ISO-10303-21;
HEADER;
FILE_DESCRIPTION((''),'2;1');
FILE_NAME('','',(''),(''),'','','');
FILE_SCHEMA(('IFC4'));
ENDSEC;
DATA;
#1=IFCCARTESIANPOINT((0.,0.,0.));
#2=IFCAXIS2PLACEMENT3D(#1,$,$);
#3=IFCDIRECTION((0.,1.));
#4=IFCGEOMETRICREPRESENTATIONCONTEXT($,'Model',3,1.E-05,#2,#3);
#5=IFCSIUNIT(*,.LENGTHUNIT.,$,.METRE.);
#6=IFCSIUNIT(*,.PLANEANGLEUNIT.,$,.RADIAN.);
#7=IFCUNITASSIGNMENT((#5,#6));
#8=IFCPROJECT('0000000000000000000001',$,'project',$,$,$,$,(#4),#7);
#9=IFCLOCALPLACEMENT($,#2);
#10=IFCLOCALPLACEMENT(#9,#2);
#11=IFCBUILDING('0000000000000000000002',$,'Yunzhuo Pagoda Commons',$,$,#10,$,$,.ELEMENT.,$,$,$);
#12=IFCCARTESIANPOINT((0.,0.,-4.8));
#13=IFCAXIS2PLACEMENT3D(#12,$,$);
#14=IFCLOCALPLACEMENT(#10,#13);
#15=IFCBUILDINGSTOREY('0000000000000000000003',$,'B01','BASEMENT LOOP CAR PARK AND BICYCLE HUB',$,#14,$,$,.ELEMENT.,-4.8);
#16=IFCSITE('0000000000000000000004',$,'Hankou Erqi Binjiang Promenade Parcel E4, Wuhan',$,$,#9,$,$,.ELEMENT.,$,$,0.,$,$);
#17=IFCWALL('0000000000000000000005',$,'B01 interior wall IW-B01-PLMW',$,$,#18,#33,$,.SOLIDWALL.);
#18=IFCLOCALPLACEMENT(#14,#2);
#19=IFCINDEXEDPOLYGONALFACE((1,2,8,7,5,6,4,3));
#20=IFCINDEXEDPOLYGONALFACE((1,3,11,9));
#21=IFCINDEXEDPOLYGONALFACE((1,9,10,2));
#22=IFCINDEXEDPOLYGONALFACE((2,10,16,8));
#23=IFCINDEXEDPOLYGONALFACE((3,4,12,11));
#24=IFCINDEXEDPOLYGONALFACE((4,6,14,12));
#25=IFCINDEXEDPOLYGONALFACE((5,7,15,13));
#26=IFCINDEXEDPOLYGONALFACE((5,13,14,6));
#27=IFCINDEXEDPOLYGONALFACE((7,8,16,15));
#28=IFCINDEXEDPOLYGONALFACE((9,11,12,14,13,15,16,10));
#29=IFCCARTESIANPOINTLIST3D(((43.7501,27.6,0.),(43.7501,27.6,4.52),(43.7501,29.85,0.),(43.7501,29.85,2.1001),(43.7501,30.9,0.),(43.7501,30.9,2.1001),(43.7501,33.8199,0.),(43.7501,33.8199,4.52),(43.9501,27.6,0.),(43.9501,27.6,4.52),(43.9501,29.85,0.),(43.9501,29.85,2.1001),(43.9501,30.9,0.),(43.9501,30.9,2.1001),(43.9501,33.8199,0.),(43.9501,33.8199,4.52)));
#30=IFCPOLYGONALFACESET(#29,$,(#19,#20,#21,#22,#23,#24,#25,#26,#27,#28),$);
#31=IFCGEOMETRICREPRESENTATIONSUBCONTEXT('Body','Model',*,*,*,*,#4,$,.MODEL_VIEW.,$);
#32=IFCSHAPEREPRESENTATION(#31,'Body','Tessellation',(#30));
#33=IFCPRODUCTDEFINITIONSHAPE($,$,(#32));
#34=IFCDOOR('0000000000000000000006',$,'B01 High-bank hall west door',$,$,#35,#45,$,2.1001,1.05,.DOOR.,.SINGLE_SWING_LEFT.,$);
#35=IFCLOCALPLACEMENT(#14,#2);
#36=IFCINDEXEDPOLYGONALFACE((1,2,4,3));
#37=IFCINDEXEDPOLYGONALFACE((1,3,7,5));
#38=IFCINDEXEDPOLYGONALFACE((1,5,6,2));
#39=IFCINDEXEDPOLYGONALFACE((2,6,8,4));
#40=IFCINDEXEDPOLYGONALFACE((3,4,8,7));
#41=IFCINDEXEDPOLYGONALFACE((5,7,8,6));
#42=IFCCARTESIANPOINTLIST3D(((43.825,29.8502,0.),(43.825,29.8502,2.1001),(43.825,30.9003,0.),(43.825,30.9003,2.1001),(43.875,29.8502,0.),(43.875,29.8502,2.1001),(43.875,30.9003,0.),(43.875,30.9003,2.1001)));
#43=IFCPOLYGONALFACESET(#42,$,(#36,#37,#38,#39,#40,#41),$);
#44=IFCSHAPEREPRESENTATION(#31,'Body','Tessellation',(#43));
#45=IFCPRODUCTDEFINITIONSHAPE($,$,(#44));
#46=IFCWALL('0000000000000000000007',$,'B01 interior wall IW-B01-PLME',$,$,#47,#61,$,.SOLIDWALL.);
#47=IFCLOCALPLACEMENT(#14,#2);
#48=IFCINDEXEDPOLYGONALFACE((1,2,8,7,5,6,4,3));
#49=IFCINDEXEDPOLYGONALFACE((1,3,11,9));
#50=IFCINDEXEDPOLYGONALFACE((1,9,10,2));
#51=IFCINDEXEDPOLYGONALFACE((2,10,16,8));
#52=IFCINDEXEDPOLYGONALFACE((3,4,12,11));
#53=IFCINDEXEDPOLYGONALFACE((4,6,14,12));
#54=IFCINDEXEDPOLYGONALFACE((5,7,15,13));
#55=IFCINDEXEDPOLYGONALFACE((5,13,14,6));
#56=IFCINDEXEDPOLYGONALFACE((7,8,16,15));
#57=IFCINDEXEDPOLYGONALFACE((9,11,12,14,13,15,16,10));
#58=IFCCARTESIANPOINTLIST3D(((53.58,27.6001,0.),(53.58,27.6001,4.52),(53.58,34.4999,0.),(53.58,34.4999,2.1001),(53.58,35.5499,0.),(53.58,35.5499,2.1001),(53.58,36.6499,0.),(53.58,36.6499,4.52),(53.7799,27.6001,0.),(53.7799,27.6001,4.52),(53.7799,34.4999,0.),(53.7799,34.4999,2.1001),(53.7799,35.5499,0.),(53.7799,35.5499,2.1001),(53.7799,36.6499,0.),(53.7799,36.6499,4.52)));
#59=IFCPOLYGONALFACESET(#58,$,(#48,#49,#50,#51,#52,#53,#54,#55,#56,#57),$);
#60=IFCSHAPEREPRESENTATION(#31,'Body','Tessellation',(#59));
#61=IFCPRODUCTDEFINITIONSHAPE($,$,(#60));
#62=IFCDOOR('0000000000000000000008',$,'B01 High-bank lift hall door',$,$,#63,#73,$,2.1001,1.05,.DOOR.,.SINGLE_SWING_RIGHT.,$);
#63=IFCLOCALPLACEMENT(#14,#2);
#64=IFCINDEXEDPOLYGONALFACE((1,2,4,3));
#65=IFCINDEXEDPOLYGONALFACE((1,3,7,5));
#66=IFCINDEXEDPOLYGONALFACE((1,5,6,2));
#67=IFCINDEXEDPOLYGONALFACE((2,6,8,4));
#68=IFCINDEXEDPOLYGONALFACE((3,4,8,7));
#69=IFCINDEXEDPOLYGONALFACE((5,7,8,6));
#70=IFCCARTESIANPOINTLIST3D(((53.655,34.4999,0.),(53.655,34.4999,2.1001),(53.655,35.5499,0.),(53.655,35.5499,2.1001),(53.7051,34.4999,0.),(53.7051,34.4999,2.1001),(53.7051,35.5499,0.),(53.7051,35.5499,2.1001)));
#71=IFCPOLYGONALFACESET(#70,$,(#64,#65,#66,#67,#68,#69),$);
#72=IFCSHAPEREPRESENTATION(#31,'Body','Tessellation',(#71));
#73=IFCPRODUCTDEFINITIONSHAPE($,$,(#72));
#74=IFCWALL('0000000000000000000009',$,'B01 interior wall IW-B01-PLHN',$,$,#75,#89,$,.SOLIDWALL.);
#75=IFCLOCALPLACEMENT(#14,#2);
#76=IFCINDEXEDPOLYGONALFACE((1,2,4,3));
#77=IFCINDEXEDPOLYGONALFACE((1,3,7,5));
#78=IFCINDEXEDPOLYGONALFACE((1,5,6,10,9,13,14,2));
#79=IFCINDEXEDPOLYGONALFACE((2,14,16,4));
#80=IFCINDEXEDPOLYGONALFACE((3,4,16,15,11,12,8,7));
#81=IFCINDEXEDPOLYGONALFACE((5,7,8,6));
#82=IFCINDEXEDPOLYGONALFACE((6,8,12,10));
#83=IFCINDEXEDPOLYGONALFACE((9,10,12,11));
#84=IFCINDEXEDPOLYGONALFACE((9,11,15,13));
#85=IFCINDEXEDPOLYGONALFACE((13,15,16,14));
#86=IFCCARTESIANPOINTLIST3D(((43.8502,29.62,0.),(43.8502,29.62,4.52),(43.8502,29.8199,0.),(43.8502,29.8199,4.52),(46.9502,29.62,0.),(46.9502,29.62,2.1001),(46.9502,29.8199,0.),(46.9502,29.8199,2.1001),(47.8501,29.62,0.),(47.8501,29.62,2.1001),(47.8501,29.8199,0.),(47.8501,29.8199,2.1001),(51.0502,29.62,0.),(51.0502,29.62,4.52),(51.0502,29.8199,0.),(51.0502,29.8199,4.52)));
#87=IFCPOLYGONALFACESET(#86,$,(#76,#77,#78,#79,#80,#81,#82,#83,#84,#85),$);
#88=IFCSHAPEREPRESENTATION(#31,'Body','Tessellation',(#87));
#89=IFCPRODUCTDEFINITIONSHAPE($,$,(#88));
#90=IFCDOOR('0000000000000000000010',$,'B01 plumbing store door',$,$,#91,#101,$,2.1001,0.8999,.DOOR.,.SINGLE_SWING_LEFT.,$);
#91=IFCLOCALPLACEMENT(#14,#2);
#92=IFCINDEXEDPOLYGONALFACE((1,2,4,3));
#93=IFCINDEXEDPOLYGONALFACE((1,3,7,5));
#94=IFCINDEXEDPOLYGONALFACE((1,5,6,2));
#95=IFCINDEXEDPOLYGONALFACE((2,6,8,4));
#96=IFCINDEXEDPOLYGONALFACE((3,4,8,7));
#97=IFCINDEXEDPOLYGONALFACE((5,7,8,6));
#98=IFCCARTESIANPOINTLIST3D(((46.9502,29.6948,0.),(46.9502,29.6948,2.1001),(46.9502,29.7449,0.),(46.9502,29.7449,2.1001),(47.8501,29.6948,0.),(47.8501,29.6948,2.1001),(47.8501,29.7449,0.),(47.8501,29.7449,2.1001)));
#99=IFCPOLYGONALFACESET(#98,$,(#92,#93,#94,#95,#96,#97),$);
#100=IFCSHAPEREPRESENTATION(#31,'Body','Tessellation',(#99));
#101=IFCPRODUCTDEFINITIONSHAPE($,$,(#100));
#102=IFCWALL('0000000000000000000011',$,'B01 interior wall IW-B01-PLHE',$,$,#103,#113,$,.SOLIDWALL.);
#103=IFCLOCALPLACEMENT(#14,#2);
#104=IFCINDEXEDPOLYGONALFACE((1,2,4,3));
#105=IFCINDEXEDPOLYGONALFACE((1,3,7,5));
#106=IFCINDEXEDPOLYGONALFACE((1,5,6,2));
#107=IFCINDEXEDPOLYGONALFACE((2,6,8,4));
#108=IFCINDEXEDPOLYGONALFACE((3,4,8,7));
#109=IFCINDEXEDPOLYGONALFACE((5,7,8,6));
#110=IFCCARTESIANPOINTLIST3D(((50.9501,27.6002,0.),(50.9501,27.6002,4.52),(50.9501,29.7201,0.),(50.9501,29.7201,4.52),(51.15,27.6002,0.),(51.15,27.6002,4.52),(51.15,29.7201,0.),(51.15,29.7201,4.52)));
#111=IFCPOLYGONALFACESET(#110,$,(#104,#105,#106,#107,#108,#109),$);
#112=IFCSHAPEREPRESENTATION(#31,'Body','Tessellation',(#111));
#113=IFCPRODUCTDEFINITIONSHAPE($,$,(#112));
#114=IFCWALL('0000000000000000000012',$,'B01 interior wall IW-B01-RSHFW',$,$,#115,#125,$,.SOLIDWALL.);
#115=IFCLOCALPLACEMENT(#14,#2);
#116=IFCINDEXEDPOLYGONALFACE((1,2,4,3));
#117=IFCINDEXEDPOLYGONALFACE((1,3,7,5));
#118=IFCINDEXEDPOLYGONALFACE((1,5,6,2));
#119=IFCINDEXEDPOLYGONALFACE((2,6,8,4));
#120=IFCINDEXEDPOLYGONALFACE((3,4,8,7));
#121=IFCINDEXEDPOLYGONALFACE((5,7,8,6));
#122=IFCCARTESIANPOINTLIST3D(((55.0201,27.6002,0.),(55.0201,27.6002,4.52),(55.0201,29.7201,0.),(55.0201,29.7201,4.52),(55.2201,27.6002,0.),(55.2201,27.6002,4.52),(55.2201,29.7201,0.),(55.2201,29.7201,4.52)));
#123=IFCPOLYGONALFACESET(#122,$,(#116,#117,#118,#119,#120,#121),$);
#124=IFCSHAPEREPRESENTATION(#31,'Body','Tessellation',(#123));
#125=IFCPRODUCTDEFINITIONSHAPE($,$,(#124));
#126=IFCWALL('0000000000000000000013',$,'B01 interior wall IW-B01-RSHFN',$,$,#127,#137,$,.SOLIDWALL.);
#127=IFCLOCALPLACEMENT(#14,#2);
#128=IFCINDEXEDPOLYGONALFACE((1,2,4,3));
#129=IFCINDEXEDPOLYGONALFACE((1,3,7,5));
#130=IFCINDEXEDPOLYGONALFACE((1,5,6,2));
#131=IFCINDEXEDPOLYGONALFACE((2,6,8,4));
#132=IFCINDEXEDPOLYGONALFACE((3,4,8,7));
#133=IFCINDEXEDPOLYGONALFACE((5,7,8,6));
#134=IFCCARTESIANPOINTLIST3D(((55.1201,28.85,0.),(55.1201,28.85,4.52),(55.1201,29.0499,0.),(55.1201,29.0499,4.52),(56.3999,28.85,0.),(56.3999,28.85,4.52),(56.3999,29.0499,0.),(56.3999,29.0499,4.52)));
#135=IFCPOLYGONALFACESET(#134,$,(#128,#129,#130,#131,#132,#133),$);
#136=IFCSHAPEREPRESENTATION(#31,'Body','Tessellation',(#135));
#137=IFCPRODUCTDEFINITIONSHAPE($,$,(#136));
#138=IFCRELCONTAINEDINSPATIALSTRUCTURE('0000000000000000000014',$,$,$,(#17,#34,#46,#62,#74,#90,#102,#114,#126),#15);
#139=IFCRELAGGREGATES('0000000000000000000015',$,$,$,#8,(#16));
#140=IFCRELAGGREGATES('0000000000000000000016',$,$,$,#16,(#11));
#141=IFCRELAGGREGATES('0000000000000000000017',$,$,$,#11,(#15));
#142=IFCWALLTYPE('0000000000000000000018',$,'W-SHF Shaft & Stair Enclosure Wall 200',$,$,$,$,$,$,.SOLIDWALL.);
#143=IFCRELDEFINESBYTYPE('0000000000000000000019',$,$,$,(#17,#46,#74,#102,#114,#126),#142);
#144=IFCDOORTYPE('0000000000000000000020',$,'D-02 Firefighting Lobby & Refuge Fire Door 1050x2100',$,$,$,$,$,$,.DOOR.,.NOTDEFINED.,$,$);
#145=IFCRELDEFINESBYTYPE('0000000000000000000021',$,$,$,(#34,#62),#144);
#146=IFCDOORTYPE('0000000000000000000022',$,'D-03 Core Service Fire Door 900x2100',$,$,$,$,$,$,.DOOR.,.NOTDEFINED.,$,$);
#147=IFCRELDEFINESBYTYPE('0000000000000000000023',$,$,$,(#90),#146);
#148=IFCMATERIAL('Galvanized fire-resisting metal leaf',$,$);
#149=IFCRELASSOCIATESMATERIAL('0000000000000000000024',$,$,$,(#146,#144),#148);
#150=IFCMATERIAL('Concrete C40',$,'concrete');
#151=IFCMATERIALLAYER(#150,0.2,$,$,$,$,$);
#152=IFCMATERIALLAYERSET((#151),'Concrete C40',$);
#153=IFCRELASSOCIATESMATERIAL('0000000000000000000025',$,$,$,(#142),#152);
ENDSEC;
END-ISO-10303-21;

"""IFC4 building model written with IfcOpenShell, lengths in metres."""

from ifc_helpers import new_model, si_unit, direction, frame, frame_2d, origin, origin_with_axes, place, context, subcontext, project, spatial, rectangle, extrude, source, transform, mapped, material, layer, layer_set, type_object, element, fill, save


model = new_model("IFC4")

# Units and contexts
model_context = context("Model", 3, precision=1e-05, world=origin(), true_north=direction((0.0, 1.0)))
body_context = subcontext(model_context, "Body", "Model", "MODEL_VIEW")
ifc_project = project(units=[si_unit("LENGTHUNIT", "METRE"), si_unit("PLANEANGLEUNIT", "RADIAN")], contexts=[model_context])

# Site, building, storey
site_placement = place(None, origin())
site = spatial("IfcSite", under=ifc_project, at=site_placement, Name="Hankou Erqi Binjiang Promenade Parcel E4, Wuhan", CompositionType="ELEMENT", RefElevation=0.0)
building_placement = place(site_placement, origin())
building = spatial("IfcBuilding", under=site, at=building_placement, Name="Yunzhuo Pagoda Commons", CompositionType="ELEMENT")
storey_placement = place(building_placement, frame((0.0, 0.0, -4.8)))
storey = spatial("IfcBuildingStorey", under=building, at=storey_placement, Name="B01", Description="BASEMENT LOOP CAR PARK AND BICYCLE HUB", CompositionType="ELEMENT", Elevation=-4.8)

# Shared definitions
ifc_material_1 = material(Name="Galvanized fire-resisting metal leaf")
door_type_1 = type_object("IfcDoorType", Name="D-03 Core Service Fire Door 900x2100", OperationType="NOTDEFINED", PredefinedType="DOOR", material=ifc_material_1)
shared_shape_1 = source(origin(), body_context, "Body", "SweptSolid", [
    extrude(rectangle(XDim=0.8999, YDim=2.1001, at=frame_2d((0.45, 1.05))), frame((0.0, 0.0249, 0.0), z_axis=(0.0, -1.0, 0.0), x_axis=(1.0, 0.0, 0.0)), (0.0, 0.0, 1.0), 0.05),
])

# Walls, openings, doors
ifc_material_2 = material(Name="Concrete C40", Category="concrete")
ifc_layer_1 = layer(ifc_material_2, 0.2)
ifc_layer_set_1 = layer_set([ifc_layer_1], Name="Concrete C40")
wall_type_1 = type_object("IfcWallType", Name="W-SHF Shaft & Stair Enclosure Wall 200", PredefinedType="SOLIDWALL", material=ifc_layer_set_1)
wall_1_placement = place(storey_placement, frame((43.8501, 27.6001, 0.0), z_axis=(0.0, 0.0, 1.0), x_axis=(0.0, 1.0, 0.0)))
wall_1 = element("IfcWall", 1, at=wall_1_placement, inside=storey, type_object=wall_type_1, Name="B01 interior wall IW-B01-PLMW", PredefinedType="SOLIDWALL", context=body_context, shape_type="SweptSolid", body=[
    extrude(rectangle(XDim=6.22, YDim=0.2, at=frame_2d((3.1099, 0.0))), origin(), (0.0, 0.0, 1.0), 4.52),
])
opening_1_placement = place(wall_1_placement, frame((2.25, 0.0, 0.0)))
opening_1 = element("IfcOpeningElement", 2, at=opening_1_placement, cuts=wall_1, PredefinedType="OPENING", context=body_context, shape_type="SweptSolid", body=[
    extrude(rectangle(XDim=1.05, YDim=2.1001, at=frame_2d((0.5249, 1.05))), frame((0.0, 0.1099, 0.0), z_axis=(0.0, -1.0, 0.0), x_axis=(1.0, 0.0, 0.0)), (0.0, 0.0, 1.0), 0.22),
])
door_type_2 = type_object("IfcDoorType", Name="D-02 Firefighting Lobby & Refuge Fire Door 1050x2100", OperationType="NOTDEFINED", PredefinedType="DOOR", material=ifc_material_1)
shared_shape_2 = source(origin(), body_context, "Body", "SweptSolid", [
    extrude(rectangle(XDim=1.05, YDim=2.1001, at=frame_2d((0.5249, 1.05))), frame((0.0, 0.0249, 0.0), z_axis=(0.0, -1.0, 0.0), x_axis=(1.0, 0.0, 0.0)), (0.0, 0.0, 1.0), 0.05),
])
door_1_placement = place(opening_1_placement, frame((1.05, 0.0, 0.0), z_axis=(0.0, 0.0, 1.0), x_axis=(-1.0, 0.0, 0.0)))
door_1 = element("IfcDoor", 3, at=door_1_placement, inside=storey, type_object=door_type_2, Name="B01 High-bank hall west door", OperationType="SINGLE_SWING_LEFT", OverallHeight=2.1001, OverallWidth=1.05, PredefinedType="DOOR", context=body_context, shape_type="MappedRepresentation", body=[
    mapped(shared_shape_2, transform((0.0, 0.0, 0.0), scale=1.0)),
])
fill(opening_1, door_1)
wall_2_placement = place(storey_placement, frame((53.6799, 27.6001, 0.0), z_axis=(0.0, 0.0, 1.0), x_axis=(0.0, 1.0, 0.0)))
wall_2 = element("IfcWall", 4, at=wall_2_placement, inside=storey, type_object=wall_type_1, Name="B01 interior wall IW-B01-PLME", PredefinedType="SOLIDWALL", context=body_context, shape_type="SweptSolid", body=[
    extrude(rectangle(XDim=9.0498, YDim=0.2, at=frame_2d((4.5249, 0.0))), origin(), (0.0, 0.0, 1.0), 4.52),
])
opening_2_placement = place(wall_2_placement, frame((6.8999, 0.0, 0.0)))
opening_2 = element("IfcOpeningElement", 5, at=opening_2_placement, cuts=wall_2, PredefinedType="OPENING", context=body_context, shape_type="SweptSolid", body=[
    extrude(rectangle(XDim=1.05, YDim=2.1001, at=frame_2d((0.5249, 1.05))), frame((0.0, 0.1099, 0.0), z_axis=(0.0, -1.0, 0.0), x_axis=(1.0, 0.0, 0.0)), (0.0, 0.0, 1.0), 0.22),
])
door_2_placement = place(opening_2_placement, origin_with_axes())
door_2 = element("IfcDoor", 6, at=door_2_placement, inside=storey, type_object=door_type_2, Name="B01 High-bank lift hall door", OperationType="SINGLE_SWING_RIGHT", OverallHeight=2.1001, OverallWidth=1.05, PredefinedType="DOOR", context=body_context, shape_type="MappedRepresentation", body=[
    mapped(shared_shape_2, transform((0.0, 0.0, 0.0), scale=1.0)),
])
fill(opening_2, door_2)
wall_3_placement = place(storey_placement, frame((43.8501, 29.72, 0.0), z_axis=(0.0, 0.0, 1.0), x_axis=(1.0, 0.0, 0.0)))
wall_3 = element("IfcWall", 7, at=wall_3_placement, inside=storey, type_object=wall_type_1, Name="B01 interior wall IW-B01-PLHN", PredefinedType="SOLIDWALL", context=body_context, shape_type="SweptSolid", body=[
    extrude(rectangle(XDim=7.2, YDim=0.2, at=frame_2d((3.6001, 0.0))), origin(), (0.0, 0.0, 1.0), 4.52),
])
opening_3_placement = place(wall_3_placement, frame((3.1001, 0.0, 0.0)))
opening_3 = element("IfcOpeningElement", 8, at=opening_3_placement, cuts=wall_3, PredefinedType="OPENING", context=body_context, shape_type="SweptSolid", body=[
    extrude(rectangle(XDim=0.8999, YDim=2.1001, at=frame_2d((0.45, 1.05))), frame((0.0, 0.1099, 0.0), z_axis=(0.0, -1.0, 0.0), x_axis=(1.0, 0.0, 0.0)), (0.0, 0.0, 1.0), 0.22),
])
door_3_placement = place(opening_3_placement, origin_with_axes())
door_3 = element("IfcDoor", 9, at=door_3_placement, inside=storey, type_object=door_type_1, Name="B01 plumbing store door", OperationType="SINGLE_SWING_LEFT", OverallHeight=2.1001, OverallWidth=0.8999, PredefinedType="DOOR", context=body_context, shape_type="MappedRepresentation", body=[
    mapped(shared_shape_1, transform((0.0, 0.0, 0.0), scale=1.0)),
])
fill(opening_3, door_3)

# Walls
for number, where, z_axis, x_axis, name in (
    (10, (51.05, 27.6001, 0.0), (0.0, 0.0, 1.0), (0.0, 1.0, 0.0), "B01 interior wall IW-B01-PLHE"),
    (11, (55.1201, 27.6001, 0.0), (0.0, 0.0, 1.0), (0.0, 1.0, 0.0), "B01 interior wall IW-B01-RSHFW"),
):
    element("IfcWall", number, at=place(storey_placement, frame(where, z_axis=z_axis, x_axis=x_axis)), inside=storey, type_object=wall_type_1, Name=name, PredefinedType="SOLIDWALL", context=body_context, shape_type="SweptSolid", body=[
        extrude(rectangle(XDim=2.1199, YDim=0.2, at=frame_2d((1.0601, 0.0))), origin(), (0.0, 0.0, 1.0), 4.52),
    ])
wall_4_placement = place(storey_placement, frame((55.1201, 28.95, 0.0), z_axis=(0.0, 0.0, 1.0), x_axis=(1.0, 0.0, 0.0)))
element("IfcWall", 12, at=wall_4_placement, inside=storey, type_object=wall_type_1, Name="B01 interior wall IW-B01-RSHFN", PredefinedType="SOLIDWALL", context=body_context, shape_type="SweptSolid", body=[
    extrude(rectangle(XDim=1.2798, YDim=0.2, at=frame_2d((0.6399, 0.0))), origin(), (0.0, 0.0, 1.0), 4.52),
])

save(model, "model.ifc")
